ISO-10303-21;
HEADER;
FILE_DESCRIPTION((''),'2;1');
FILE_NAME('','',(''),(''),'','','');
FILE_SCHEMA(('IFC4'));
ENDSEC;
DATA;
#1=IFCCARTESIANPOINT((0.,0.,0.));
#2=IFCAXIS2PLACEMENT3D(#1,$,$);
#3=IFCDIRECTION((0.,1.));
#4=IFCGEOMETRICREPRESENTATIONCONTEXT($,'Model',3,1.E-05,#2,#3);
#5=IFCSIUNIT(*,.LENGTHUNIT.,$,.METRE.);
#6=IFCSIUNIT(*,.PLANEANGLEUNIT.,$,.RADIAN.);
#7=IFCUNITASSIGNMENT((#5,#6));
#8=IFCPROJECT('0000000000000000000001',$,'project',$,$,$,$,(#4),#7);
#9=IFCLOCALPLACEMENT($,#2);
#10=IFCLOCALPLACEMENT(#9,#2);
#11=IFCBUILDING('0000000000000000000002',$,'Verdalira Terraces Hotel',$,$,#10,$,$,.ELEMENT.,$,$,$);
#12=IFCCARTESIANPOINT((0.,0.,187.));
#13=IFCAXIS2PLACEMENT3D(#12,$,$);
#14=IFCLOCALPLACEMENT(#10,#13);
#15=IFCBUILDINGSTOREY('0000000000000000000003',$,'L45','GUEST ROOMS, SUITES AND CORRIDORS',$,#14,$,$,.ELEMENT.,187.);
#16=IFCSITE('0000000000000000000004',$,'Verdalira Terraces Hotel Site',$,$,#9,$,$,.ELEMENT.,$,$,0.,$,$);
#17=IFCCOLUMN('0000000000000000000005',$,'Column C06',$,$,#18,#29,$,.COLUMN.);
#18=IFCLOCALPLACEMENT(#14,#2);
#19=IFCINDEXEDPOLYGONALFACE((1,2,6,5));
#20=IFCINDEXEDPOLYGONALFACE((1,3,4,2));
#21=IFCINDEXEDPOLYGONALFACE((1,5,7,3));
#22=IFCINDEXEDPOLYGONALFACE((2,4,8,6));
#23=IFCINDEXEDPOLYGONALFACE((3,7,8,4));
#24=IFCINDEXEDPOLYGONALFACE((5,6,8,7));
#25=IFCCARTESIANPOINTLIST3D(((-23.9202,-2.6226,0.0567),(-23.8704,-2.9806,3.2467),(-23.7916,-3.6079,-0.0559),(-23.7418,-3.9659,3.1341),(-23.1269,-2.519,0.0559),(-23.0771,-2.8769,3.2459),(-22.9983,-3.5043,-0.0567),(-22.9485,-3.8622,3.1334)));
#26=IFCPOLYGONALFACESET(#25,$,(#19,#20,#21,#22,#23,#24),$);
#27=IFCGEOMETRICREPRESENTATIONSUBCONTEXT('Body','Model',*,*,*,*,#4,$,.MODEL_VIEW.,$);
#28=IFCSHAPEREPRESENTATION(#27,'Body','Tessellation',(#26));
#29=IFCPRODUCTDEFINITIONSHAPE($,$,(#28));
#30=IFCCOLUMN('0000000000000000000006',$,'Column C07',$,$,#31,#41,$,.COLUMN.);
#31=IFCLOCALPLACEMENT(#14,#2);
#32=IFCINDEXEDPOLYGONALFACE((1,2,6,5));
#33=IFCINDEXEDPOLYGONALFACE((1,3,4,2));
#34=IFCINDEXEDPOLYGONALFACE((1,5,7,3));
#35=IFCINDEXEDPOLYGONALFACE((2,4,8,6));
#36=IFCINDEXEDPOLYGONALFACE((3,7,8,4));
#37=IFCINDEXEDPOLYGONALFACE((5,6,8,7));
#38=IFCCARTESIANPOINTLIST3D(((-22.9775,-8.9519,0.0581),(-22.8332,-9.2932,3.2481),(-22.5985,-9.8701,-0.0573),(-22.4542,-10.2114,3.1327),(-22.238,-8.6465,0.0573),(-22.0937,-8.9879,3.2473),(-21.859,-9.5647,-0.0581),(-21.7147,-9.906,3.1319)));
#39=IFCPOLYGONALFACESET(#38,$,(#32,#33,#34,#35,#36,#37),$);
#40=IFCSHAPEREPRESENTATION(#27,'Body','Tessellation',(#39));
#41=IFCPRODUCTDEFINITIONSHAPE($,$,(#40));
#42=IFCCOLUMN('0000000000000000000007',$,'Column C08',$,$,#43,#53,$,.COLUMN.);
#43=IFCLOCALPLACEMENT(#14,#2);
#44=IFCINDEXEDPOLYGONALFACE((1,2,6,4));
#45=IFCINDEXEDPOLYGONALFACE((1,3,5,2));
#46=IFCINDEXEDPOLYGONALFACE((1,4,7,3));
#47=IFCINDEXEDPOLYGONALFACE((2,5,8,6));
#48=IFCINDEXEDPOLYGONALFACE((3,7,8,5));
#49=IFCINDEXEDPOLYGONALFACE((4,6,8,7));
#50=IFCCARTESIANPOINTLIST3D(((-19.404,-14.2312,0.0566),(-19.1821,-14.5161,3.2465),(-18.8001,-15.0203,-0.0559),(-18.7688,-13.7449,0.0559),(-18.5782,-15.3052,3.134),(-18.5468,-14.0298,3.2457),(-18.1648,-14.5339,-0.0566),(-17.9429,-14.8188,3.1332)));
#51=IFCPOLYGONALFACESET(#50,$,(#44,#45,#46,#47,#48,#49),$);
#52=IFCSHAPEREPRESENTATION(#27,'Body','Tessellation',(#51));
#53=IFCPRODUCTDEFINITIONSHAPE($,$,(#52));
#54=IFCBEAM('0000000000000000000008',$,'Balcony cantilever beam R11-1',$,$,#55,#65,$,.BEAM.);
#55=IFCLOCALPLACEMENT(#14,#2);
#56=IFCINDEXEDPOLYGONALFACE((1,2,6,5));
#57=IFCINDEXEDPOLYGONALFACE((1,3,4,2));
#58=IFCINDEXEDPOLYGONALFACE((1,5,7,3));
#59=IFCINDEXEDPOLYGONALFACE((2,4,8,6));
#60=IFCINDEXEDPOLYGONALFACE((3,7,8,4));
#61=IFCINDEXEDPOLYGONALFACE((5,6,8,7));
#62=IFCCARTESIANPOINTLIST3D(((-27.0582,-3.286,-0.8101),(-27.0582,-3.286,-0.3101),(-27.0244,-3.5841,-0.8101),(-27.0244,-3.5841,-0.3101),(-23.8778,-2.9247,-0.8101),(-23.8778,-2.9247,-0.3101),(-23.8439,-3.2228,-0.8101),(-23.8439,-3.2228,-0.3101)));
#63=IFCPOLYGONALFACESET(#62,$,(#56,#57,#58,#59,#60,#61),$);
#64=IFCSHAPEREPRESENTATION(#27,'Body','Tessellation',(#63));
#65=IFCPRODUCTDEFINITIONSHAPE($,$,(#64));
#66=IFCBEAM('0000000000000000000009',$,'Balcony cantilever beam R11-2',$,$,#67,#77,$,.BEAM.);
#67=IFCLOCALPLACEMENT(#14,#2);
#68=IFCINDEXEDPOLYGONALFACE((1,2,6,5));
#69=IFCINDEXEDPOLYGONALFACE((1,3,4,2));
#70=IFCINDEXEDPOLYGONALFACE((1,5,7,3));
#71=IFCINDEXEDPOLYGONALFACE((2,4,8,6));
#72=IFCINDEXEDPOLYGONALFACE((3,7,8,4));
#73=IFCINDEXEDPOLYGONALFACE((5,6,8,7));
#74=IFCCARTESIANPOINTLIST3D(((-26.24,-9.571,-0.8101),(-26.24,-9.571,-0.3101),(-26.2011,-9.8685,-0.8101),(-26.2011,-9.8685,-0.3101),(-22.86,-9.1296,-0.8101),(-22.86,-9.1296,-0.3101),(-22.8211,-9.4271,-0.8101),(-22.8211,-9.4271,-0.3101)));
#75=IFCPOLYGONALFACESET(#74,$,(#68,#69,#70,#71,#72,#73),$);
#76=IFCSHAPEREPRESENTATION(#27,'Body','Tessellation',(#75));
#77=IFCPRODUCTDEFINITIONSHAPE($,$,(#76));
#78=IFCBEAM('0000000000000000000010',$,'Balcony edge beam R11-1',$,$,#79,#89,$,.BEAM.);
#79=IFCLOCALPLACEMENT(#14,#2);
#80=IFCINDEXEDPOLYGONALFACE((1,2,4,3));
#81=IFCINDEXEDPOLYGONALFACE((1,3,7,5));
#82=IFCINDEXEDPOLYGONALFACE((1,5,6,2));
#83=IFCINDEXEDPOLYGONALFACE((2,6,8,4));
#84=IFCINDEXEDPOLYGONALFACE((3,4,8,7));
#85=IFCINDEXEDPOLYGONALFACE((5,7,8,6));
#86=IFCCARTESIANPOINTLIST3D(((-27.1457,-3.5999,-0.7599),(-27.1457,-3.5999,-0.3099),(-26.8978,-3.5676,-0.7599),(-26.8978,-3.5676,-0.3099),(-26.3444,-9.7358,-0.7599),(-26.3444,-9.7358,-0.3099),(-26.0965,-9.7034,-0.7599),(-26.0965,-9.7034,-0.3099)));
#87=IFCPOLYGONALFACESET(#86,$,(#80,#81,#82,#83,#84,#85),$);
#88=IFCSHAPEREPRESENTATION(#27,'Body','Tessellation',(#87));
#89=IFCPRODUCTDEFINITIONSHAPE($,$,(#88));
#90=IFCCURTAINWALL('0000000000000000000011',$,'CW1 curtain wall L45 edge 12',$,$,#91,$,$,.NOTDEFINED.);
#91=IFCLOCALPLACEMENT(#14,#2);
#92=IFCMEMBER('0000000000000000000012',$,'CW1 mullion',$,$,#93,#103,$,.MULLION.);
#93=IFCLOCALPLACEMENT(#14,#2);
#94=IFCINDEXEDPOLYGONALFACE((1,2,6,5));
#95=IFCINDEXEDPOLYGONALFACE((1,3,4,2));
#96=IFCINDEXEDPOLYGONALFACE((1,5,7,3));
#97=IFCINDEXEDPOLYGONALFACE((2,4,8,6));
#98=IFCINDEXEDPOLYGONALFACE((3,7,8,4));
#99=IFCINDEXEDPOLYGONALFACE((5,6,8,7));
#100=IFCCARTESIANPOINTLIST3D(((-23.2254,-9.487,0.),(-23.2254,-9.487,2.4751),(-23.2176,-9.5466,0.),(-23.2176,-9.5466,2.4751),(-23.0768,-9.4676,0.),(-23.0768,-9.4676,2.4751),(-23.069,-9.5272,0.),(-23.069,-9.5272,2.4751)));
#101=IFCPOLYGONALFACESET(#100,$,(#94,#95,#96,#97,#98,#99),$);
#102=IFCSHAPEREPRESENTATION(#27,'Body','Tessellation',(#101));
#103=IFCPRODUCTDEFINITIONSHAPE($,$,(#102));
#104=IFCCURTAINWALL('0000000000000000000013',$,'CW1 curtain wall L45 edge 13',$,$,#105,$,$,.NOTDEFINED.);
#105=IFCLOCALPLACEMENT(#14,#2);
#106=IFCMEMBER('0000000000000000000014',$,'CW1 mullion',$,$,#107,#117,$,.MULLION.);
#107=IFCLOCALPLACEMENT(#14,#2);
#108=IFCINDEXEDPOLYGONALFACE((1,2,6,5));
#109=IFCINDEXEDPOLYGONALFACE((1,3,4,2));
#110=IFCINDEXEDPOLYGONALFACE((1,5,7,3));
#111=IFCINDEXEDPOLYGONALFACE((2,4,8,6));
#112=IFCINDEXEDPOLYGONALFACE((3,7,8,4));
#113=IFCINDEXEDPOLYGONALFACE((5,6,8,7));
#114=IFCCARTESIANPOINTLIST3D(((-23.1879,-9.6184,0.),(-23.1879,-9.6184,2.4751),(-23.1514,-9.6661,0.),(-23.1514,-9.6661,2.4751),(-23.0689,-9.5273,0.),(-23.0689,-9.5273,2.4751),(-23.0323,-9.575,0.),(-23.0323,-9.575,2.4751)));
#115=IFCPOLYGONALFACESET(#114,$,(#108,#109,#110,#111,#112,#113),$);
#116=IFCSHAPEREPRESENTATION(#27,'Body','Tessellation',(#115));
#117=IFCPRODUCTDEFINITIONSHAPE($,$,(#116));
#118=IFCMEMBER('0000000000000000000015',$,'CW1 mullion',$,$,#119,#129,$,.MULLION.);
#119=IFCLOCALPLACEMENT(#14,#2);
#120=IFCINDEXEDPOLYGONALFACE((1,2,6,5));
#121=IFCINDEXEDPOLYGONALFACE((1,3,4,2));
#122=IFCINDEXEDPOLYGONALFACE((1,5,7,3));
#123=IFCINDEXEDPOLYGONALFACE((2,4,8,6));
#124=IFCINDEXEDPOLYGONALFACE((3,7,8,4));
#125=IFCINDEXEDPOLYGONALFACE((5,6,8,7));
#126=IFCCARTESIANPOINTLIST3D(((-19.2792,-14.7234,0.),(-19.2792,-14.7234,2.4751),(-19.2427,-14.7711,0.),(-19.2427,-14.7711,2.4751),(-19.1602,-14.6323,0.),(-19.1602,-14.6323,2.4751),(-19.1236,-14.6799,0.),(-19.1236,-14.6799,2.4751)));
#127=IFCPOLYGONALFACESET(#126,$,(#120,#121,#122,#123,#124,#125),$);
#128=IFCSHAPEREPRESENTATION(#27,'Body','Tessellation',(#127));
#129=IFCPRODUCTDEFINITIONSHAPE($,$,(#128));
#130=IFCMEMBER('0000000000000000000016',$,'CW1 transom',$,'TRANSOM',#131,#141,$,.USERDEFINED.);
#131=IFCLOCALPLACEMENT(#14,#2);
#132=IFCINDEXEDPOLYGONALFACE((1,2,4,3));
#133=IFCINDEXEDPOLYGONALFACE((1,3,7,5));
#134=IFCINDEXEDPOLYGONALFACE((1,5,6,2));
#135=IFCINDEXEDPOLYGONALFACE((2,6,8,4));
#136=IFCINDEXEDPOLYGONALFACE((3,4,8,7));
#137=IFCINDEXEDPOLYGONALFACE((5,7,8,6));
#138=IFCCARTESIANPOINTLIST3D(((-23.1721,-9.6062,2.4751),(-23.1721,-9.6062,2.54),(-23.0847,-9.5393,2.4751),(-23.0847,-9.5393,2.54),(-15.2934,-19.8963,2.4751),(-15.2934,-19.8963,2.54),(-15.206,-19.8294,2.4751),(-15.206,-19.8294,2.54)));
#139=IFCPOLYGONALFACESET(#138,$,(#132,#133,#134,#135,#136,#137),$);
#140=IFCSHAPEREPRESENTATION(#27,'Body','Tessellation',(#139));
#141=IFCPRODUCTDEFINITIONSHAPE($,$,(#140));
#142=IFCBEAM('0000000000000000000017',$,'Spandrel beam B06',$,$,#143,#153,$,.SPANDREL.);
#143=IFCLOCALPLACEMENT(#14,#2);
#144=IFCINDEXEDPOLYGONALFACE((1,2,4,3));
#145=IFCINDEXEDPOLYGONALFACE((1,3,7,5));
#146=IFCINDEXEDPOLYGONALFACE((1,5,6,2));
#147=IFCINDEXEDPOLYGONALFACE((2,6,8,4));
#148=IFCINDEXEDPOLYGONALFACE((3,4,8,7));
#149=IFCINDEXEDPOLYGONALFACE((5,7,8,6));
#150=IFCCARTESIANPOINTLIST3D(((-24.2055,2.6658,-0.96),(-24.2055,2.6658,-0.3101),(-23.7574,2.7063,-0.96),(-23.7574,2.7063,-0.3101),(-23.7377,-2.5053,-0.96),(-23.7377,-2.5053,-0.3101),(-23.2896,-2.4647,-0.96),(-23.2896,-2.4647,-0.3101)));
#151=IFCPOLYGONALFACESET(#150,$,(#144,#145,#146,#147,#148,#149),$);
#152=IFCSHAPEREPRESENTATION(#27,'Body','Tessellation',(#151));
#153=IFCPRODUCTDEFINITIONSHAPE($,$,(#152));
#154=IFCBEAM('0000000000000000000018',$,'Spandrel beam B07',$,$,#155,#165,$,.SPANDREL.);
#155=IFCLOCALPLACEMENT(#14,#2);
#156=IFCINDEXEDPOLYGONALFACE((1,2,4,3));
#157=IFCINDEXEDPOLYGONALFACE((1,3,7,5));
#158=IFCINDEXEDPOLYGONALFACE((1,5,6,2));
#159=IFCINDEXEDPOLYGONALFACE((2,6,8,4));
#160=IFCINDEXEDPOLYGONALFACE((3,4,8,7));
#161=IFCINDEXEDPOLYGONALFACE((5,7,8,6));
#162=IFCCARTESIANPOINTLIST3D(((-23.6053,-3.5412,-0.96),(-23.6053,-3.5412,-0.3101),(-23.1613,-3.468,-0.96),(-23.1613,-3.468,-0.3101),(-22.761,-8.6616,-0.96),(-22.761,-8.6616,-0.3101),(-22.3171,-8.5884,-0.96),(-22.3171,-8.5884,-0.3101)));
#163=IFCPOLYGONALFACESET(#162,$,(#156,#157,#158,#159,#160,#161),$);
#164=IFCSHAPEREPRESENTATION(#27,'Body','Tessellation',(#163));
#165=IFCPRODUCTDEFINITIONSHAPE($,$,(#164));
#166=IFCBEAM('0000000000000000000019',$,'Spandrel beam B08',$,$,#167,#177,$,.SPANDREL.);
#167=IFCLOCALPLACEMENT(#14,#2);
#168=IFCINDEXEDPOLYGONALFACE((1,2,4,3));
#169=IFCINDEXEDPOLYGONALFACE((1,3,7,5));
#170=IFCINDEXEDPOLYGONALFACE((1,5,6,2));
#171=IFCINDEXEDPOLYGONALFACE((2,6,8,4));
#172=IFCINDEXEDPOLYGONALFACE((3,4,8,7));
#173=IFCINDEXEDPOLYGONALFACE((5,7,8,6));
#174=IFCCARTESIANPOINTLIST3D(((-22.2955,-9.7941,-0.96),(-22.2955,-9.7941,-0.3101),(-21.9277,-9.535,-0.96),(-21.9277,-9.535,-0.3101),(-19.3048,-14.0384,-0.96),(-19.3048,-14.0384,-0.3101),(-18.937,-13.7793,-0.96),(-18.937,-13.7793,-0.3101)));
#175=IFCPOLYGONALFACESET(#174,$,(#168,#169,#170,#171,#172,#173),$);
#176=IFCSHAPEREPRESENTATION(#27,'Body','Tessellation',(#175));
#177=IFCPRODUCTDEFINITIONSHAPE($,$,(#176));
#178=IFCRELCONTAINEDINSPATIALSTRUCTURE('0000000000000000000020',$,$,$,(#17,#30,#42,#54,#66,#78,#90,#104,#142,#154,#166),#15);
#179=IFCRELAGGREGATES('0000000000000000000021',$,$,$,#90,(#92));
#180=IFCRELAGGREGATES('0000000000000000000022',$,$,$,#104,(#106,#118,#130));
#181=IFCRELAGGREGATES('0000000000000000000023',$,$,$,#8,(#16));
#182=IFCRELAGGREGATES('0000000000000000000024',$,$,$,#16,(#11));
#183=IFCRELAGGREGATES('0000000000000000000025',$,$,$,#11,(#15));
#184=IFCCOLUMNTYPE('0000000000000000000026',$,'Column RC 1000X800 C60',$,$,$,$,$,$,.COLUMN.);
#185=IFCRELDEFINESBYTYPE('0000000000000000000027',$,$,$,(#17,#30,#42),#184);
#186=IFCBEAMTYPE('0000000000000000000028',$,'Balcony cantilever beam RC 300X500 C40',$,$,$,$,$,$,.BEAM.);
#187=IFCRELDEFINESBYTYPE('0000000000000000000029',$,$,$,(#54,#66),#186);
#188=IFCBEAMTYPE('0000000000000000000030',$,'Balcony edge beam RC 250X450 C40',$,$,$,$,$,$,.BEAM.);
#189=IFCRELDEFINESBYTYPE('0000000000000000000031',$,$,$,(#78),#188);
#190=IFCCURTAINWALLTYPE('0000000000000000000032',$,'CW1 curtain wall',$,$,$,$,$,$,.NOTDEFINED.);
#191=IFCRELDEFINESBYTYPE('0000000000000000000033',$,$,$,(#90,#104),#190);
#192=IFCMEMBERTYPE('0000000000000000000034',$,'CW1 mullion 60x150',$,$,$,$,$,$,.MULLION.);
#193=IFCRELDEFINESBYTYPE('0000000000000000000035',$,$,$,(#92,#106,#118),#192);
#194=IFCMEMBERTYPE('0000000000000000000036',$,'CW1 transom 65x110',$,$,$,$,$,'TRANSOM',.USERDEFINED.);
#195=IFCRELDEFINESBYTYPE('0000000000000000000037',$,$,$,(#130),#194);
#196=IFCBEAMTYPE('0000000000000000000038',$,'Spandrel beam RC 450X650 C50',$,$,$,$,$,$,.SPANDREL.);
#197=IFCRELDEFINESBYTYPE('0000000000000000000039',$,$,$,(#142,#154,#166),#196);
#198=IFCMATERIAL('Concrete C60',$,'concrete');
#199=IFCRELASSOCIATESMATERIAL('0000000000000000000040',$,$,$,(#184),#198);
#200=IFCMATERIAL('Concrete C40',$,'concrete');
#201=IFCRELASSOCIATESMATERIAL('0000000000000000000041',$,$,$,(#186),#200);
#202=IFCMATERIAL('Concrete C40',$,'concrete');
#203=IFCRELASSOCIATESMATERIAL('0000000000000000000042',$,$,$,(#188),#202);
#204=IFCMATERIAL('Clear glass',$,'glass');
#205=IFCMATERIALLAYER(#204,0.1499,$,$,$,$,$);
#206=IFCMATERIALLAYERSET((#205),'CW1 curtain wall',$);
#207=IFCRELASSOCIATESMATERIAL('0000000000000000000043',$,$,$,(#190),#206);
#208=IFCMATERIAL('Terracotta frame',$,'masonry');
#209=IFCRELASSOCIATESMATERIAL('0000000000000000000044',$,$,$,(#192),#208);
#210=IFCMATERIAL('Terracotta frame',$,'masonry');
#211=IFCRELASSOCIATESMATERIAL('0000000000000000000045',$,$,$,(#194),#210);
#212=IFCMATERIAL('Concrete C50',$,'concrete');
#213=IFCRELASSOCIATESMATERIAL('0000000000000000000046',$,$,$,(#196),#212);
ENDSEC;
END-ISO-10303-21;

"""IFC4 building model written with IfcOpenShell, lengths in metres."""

from ifc_helpers import new_model, si_unit, direction, frame, origin, origin_2d, place, context, subcontext, project, spatial, rectangle, extrude, material, layer, layer_set, material_profile, profile_set, type_object, element, aggregate, save


model = new_model("IFC4")

# Units and contexts
model_context = context("Model", 3, precision=1e-05, world=origin(), true_north=direction((0.0, 1.0)))
body_context = subcontext(model_context, "Body", "Model", "MODEL_VIEW")
ifc_project = project(units=[si_unit("LENGTHUNIT", "METRE"), si_unit("PLANEANGLEUNIT", "RADIAN")], contexts=[model_context])

# Site, building, storey
site_placement = place(None, origin())
site = spatial("IfcSite", under=ifc_project, at=site_placement, Name="Verdalira Terraces Hotel Site", CompositionType="ELEMENT", RefElevation=0.0)
building_placement = place(site_placement, origin())
building = spatial("IfcBuilding", under=site, at=building_placement, Name="Verdalira Terraces Hotel", CompositionType="ELEMENT")
storey_placement = place(building_placement, frame((0.0, 0.0, 187.0)))
storey = spatial("IfcBuildingStorey", under=building, at=storey_placement, Name="L45", Description="GUEST ROOMS, SUITES AND CORRIDORS", CompositionType="ELEMENT", Elevation=187.0)

# Columns
ifc_material_1 = material(Name="Concrete C60", Category="concrete")
ifc_material_profile_1 = material_profile(ifc_material_1, rectangle(XDim=1.0, YDim=0.8, at=origin_2d()), Name="RC 1000X800")
ifc_profile_set_1 = profile_set([ifc_material_profile_1], Name="Concrete C60")
column_type = type_object("IfcColumnType", Name="Column RC 1000X800 C60", PredefinedType="COLUMN", material=ifc_profile_set_1)
column_1_placement = place(storey_placement, frame((-23.4592, -3.0635, 0.0), z_axis=(0.015514, -0.111487, 0.993645), x_axis=(0.128594, -0.985289, -0.112557)))
element("IfcColumn", 1, at=column_1_placement, inside=storey, type_object=column_type, Name="Column C06", PredefinedType="COLUMN", context=body_context, shape_type="SweptSolid", body=[
    extrude(rectangle(XDim=1.0, YDim=0.8, at=origin_2d()), origin(), (0.0, 0.0, 1.0), 3.2104),
])
column_2_placement = place(storey_placement, frame((-22.4182, -9.2583, 0.0), z_axis=(0.04493, -0.106281, 0.993321), x_axis=(-0.379, 0.918175, 0.115383)))
element("IfcColumn", 2, at=column_2_placement, inside=storey, type_object=column_type, Name="Column C07", PredefinedType="COLUMN", context=body_context, shape_type="SweptSolid", body=[
    extrude(rectangle(XDim=1.0, YDim=0.8, at=origin_2d()), origin(), (0.0, 0.0, 1.0), 3.2114),
])
column_3_placement = place(storey_placement, frame((-18.7844, -14.3826, 0.0), z_axis=(0.069128, -0.088749, 0.993652), x_axis=(0.603928, -0.789061, -0.112491)))
element("IfcColumn", 3, at=column_3_placement, inside=storey, type_object=column_type, Name="Column C08", PredefinedType="COLUMN", context=body_context, shape_type="SweptSolid", body=[
    extrude(rectangle(XDim=1.0, YDim=0.8, at=origin_2d()), origin(), (0.0, 0.0, 1.0), 3.2102),
])

# Beams
ifc_material_2 = material(Name="Concrete C40", Category="concrete")
ifc_material_profile_2 = material_profile(ifc_material_2, rectangle(XDim=0.3, YDim=0.5, at=origin_2d()), Name="RC 300X500")
ifc_profile_set_2 = profile_set([ifc_material_profile_2], Name="Concrete C40")
beam_type_1 = type_object("IfcBeamType", Name="Balcony cantilever beam RC 300X500 C40", PredefinedType="BEAM", material=ifc_profile_set_2)
beam_1_placement = place(storey_placement, frame((-23.8608, -3.0737, -0.5601), z_axis=(-0.993608, -0.112884, 0.0), x_axis=(0.112884, -0.993608, 0.0)))
element("IfcBeam", 4, at=beam_1_placement, inside=storey, type_object=beam_type_1, Name="Balcony cantilever beam R11-1", PredefinedType="BEAM", context=body_context, shape_type="SweptSolid", body=[
    extrude(rectangle(XDim=0.3, YDim=0.5, at=origin_2d()), origin(), (0.0, 0.0, 1.0), 3.2009),
])
beam_2_placement = place(storey_placement, frame((-22.8406, -9.2783, -0.5601), z_axis=(-0.99158, -0.129498, 0.0), x_axis=(0.129498, -0.99158, 0.0)))
element("IfcBeam", 5, at=beam_2_placement, inside=storey, type_object=beam_type_1, Name="Balcony cantilever beam R11-2", PredefinedType="BEAM", context=body_context, shape_type="SweptSolid", body=[
    extrude(rectangle(XDim=0.3, YDim=0.5, at=origin_2d()), origin(), (0.0, 0.0, 1.0), 3.4087),
])
ifc_material_3 = material(Name="Concrete C40", Category="concrete")
ifc_material_profile_3 = material_profile(ifc_material_3, rectangle(XDim=0.25, YDim=0.45, at=origin_2d()), Name="RC 250X450")
ifc_profile_set_3 = profile_set([ifc_material_profile_3], Name="Concrete C40")
beam_type_2 = type_object("IfcBeamType", Name="Balcony edge beam RC 250X450 C40", PredefinedType="BEAM", material=ifc_profile_set_3)
beam_3_placement = place(storey_placement, frame((-27.0217, -3.5837, -0.5349), z_axis=(0.129486, -0.991581, 0.0), x_axis=(0.991581, 0.129486, 0.0)))
element("IfcBeam", 6, at=beam_3_placement, inside=storey, type_object=beam_type_2, Name="Balcony edge beam R11-1", PredefinedType="BEAM", context=body_context, shape_type="SweptSolid", body=[
    extrude(rectangle(XDim=0.25, YDim=0.45, at=origin_2d()), origin(), (0.0, 0.0, 1.0), 6.188),
])

# Curtain wall, member
ifc_material_4 = material(Name="Clear glass", Category="glass")
ifc_layer_1 = layer(ifc_material_4, 0.1499)
ifc_layer_set_1 = layer_set([ifc_layer_1], Name="CW1 curtain wall")
curtain_wall_type = type_object("IfcCurtainWallType", Name="CW1 curtain wall", PredefinedType="NOTDEFINED", material=ifc_layer_set_1)
curtain_wall_1_placement = place(storey_placement, origin())
curtain_wall_1 = element("IfcCurtainWall", 7, at=curtain_wall_1_placement, inside=storey, type_object=curtain_wall_type, Name="CW1 curtain wall L45 edge 12", PredefinedType="NOTDEFINED")
ifc_material_5 = material(Name="Terracotta frame", Category="masonry")
ifc_material_profile_4 = material_profile(ifc_material_5, rectangle(XDim=0.0601, YDim=0.1499, at=origin_2d()), Name="MU 60x150")
ifc_profile_set_4 = profile_set([ifc_material_profile_4], Name="Terracotta frame")
member_type_1 = type_object("IfcMemberType", Name="CW1 mullion 60x150", PredefinedType="MULLION", material=ifc_profile_set_4)
member_1_placement = place(storey_placement, frame((-23.1472, -9.5071, 0.0), z_axis=(0.0, 0.0, 1.0), x_axis=(0.129488, -0.991581, 0.0)))
member_1 = element("IfcMember", 8, at=member_1_placement, type_object=member_type_1, Name="CW1 mullion", PredefinedType="MULLION", context=body_context, shape_type="SweptSolid", body=[
    extrude(rectangle(XDim=0.0601, YDim=0.1499, at=origin_2d()), origin(), (0.0, 0.0, 1.0), 2.4751),
])

# Curtain wall, members
curtain_wall_2_placement = place(storey_placement, origin())
curtain_wall_2 = element("IfcCurtainWall", 9, at=curtain_wall_2_placement, inside=storey, type_object=curtain_wall_type, Name="CW1 curtain wall L45 edge 13", PredefinedType="NOTDEFINED")
member_2_placement = place(storey_placement, frame((-23.1101, -9.5967, 0.0), z_axis=(0.0, 0.0, 1.0), x_axis=(0.60793, -0.79399, 0.0)))
member_2 = element("IfcMember", 10, at=member_2_placement, type_object=member_type_1, Name="CW1 mullion", PredefinedType="MULLION", context=body_context, shape_type="SweptSolid", body=[
    extrude(rectangle(XDim=0.0601, YDim=0.1499, at=origin_2d()), origin(), (0.0, 0.0, 1.0), 2.4751),
])
member_3_placement = place(storey_placement, frame((-19.2014, -14.7017, 0.0), z_axis=(0.0, 0.0, 1.0), x_axis=(0.60793, -0.79399, 0.0)))
member_3 = element("IfcMember", 11, at=member_3_placement, type_object=member_type_1, Name="CW1 mullion", PredefinedType="MULLION", context=body_context, shape_type="SweptSolid", body=[
    extrude(rectangle(XDim=0.0601, YDim=0.1499, at=origin_2d()), origin(), (0.0, 0.0, 1.0), 2.4751),
])
ifc_material_6 = material(Name="Terracotta frame", Category="masonry")
ifc_material_profile_5 = material_profile(ifc_material_6, rectangle(XDim=0.1101, YDim=0.0649, at=origin_2d()), Name="TR 65x110")
ifc_profile_set_5 = profile_set([ifc_material_profile_5], Name="Terracotta frame")
member_type_2 = type_object("IfcMemberType", Name="CW1 transom 65x110", ElementType="TRANSOM", PredefinedType="USERDEFINED", material=ifc_profile_set_5)
member_4_placement = place(storey_placement, frame((-23.1284, -9.5728, 2.5076), z_axis=(0.607928, -0.793992, 0.0), x_axis=(0.793992, 0.607928, 0.0)))
member_4 = element("IfcMember", 12, at=member_4_placement, type_object=member_type_2, Name="CW1 transom", ObjectType="TRANSOM", PredefinedType="USERDEFINED", context=body_context, shape_type="SweptSolid", body=[
    extrude(rectangle(XDim=0.1101, YDim=0.0649, at=origin_2d()), origin(), (0.0, 0.0, 1.0), 12.96),
])

# Beams
ifc_material_7 = material(Name="Concrete C50", Category="concrete")
ifc_material_profile_6 = material_profile(ifc_material_7, rectangle(XDim=0.45, YDim=0.6499, at=origin_2d()), Name="RC 450X650")
ifc_profile_set_6 = profile_set([ifc_material_profile_6], Name="Concrete C50")
beam_type_3 = type_object("IfcBeamType", Name="Spandrel beam RC 450X650 C50", PredefinedType="SPANDREL", material=ifc_profile_set_6)
beam_4_placement = place(storey_placement, frame((-23.9814, 2.686, -0.635), z_axis=(0.090091, -0.995934, 0.0), x_axis=(0.995934, 0.090091, 0.0)))
element("IfcBeam", 13, at=beam_4_placement, inside=storey, type_object=beam_type_3, Name="Spandrel beam B06", PredefinedType="SPANDREL", context=body_context, shape_type="SweptSolid", body=[
    extrude(rectangle(XDim=0.45, YDim=0.6499, at=origin_2d()), origin(), (0.0, 0.0, 1.0), 5.1921),
])
beam_5_placement = place(storey_placement, frame((-23.3833, -3.5046, -0.635), z_axis=(0.162682, -0.986679, 0.0), x_axis=(0.986679, 0.162682, 0.0)))
element("IfcBeam", 14, at=beam_5_placement, inside=storey, type_object=beam_type_3, Name="Spandrel beam B07", PredefinedType="SPANDREL", context=body_context, shape_type="SweptSolid", body=[
    extrude(rectangle(XDim=0.45, YDim=0.6499, at=origin_2d()), origin(), (0.0, 0.0, 1.0), 5.1895),
])
beam_6_placement = place(storey_placement, frame((-22.1116, -9.6646, -0.635), z_axis=(0.576, -0.81745, 0.0), x_axis=(0.81745, 0.576, 0.0)))
element("IfcBeam", 15, at=beam_6_placement, inside=storey, type_object=beam_type_3, Name="Spandrel beam B08", PredefinedType="SPANDREL", context=body_context, shape_type="SweptSolid", body=[
    extrude(rectangle(XDim=0.45, YDim=0.6499, at=origin_2d()), origin(), (0.0, 0.0, 1.0), 5.1921),
])

aggregate(curtain_wall_1, [member_1])
aggregate(curtain_wall_2, [member_2, member_3, member_4])

save(model, "model.ifc")
